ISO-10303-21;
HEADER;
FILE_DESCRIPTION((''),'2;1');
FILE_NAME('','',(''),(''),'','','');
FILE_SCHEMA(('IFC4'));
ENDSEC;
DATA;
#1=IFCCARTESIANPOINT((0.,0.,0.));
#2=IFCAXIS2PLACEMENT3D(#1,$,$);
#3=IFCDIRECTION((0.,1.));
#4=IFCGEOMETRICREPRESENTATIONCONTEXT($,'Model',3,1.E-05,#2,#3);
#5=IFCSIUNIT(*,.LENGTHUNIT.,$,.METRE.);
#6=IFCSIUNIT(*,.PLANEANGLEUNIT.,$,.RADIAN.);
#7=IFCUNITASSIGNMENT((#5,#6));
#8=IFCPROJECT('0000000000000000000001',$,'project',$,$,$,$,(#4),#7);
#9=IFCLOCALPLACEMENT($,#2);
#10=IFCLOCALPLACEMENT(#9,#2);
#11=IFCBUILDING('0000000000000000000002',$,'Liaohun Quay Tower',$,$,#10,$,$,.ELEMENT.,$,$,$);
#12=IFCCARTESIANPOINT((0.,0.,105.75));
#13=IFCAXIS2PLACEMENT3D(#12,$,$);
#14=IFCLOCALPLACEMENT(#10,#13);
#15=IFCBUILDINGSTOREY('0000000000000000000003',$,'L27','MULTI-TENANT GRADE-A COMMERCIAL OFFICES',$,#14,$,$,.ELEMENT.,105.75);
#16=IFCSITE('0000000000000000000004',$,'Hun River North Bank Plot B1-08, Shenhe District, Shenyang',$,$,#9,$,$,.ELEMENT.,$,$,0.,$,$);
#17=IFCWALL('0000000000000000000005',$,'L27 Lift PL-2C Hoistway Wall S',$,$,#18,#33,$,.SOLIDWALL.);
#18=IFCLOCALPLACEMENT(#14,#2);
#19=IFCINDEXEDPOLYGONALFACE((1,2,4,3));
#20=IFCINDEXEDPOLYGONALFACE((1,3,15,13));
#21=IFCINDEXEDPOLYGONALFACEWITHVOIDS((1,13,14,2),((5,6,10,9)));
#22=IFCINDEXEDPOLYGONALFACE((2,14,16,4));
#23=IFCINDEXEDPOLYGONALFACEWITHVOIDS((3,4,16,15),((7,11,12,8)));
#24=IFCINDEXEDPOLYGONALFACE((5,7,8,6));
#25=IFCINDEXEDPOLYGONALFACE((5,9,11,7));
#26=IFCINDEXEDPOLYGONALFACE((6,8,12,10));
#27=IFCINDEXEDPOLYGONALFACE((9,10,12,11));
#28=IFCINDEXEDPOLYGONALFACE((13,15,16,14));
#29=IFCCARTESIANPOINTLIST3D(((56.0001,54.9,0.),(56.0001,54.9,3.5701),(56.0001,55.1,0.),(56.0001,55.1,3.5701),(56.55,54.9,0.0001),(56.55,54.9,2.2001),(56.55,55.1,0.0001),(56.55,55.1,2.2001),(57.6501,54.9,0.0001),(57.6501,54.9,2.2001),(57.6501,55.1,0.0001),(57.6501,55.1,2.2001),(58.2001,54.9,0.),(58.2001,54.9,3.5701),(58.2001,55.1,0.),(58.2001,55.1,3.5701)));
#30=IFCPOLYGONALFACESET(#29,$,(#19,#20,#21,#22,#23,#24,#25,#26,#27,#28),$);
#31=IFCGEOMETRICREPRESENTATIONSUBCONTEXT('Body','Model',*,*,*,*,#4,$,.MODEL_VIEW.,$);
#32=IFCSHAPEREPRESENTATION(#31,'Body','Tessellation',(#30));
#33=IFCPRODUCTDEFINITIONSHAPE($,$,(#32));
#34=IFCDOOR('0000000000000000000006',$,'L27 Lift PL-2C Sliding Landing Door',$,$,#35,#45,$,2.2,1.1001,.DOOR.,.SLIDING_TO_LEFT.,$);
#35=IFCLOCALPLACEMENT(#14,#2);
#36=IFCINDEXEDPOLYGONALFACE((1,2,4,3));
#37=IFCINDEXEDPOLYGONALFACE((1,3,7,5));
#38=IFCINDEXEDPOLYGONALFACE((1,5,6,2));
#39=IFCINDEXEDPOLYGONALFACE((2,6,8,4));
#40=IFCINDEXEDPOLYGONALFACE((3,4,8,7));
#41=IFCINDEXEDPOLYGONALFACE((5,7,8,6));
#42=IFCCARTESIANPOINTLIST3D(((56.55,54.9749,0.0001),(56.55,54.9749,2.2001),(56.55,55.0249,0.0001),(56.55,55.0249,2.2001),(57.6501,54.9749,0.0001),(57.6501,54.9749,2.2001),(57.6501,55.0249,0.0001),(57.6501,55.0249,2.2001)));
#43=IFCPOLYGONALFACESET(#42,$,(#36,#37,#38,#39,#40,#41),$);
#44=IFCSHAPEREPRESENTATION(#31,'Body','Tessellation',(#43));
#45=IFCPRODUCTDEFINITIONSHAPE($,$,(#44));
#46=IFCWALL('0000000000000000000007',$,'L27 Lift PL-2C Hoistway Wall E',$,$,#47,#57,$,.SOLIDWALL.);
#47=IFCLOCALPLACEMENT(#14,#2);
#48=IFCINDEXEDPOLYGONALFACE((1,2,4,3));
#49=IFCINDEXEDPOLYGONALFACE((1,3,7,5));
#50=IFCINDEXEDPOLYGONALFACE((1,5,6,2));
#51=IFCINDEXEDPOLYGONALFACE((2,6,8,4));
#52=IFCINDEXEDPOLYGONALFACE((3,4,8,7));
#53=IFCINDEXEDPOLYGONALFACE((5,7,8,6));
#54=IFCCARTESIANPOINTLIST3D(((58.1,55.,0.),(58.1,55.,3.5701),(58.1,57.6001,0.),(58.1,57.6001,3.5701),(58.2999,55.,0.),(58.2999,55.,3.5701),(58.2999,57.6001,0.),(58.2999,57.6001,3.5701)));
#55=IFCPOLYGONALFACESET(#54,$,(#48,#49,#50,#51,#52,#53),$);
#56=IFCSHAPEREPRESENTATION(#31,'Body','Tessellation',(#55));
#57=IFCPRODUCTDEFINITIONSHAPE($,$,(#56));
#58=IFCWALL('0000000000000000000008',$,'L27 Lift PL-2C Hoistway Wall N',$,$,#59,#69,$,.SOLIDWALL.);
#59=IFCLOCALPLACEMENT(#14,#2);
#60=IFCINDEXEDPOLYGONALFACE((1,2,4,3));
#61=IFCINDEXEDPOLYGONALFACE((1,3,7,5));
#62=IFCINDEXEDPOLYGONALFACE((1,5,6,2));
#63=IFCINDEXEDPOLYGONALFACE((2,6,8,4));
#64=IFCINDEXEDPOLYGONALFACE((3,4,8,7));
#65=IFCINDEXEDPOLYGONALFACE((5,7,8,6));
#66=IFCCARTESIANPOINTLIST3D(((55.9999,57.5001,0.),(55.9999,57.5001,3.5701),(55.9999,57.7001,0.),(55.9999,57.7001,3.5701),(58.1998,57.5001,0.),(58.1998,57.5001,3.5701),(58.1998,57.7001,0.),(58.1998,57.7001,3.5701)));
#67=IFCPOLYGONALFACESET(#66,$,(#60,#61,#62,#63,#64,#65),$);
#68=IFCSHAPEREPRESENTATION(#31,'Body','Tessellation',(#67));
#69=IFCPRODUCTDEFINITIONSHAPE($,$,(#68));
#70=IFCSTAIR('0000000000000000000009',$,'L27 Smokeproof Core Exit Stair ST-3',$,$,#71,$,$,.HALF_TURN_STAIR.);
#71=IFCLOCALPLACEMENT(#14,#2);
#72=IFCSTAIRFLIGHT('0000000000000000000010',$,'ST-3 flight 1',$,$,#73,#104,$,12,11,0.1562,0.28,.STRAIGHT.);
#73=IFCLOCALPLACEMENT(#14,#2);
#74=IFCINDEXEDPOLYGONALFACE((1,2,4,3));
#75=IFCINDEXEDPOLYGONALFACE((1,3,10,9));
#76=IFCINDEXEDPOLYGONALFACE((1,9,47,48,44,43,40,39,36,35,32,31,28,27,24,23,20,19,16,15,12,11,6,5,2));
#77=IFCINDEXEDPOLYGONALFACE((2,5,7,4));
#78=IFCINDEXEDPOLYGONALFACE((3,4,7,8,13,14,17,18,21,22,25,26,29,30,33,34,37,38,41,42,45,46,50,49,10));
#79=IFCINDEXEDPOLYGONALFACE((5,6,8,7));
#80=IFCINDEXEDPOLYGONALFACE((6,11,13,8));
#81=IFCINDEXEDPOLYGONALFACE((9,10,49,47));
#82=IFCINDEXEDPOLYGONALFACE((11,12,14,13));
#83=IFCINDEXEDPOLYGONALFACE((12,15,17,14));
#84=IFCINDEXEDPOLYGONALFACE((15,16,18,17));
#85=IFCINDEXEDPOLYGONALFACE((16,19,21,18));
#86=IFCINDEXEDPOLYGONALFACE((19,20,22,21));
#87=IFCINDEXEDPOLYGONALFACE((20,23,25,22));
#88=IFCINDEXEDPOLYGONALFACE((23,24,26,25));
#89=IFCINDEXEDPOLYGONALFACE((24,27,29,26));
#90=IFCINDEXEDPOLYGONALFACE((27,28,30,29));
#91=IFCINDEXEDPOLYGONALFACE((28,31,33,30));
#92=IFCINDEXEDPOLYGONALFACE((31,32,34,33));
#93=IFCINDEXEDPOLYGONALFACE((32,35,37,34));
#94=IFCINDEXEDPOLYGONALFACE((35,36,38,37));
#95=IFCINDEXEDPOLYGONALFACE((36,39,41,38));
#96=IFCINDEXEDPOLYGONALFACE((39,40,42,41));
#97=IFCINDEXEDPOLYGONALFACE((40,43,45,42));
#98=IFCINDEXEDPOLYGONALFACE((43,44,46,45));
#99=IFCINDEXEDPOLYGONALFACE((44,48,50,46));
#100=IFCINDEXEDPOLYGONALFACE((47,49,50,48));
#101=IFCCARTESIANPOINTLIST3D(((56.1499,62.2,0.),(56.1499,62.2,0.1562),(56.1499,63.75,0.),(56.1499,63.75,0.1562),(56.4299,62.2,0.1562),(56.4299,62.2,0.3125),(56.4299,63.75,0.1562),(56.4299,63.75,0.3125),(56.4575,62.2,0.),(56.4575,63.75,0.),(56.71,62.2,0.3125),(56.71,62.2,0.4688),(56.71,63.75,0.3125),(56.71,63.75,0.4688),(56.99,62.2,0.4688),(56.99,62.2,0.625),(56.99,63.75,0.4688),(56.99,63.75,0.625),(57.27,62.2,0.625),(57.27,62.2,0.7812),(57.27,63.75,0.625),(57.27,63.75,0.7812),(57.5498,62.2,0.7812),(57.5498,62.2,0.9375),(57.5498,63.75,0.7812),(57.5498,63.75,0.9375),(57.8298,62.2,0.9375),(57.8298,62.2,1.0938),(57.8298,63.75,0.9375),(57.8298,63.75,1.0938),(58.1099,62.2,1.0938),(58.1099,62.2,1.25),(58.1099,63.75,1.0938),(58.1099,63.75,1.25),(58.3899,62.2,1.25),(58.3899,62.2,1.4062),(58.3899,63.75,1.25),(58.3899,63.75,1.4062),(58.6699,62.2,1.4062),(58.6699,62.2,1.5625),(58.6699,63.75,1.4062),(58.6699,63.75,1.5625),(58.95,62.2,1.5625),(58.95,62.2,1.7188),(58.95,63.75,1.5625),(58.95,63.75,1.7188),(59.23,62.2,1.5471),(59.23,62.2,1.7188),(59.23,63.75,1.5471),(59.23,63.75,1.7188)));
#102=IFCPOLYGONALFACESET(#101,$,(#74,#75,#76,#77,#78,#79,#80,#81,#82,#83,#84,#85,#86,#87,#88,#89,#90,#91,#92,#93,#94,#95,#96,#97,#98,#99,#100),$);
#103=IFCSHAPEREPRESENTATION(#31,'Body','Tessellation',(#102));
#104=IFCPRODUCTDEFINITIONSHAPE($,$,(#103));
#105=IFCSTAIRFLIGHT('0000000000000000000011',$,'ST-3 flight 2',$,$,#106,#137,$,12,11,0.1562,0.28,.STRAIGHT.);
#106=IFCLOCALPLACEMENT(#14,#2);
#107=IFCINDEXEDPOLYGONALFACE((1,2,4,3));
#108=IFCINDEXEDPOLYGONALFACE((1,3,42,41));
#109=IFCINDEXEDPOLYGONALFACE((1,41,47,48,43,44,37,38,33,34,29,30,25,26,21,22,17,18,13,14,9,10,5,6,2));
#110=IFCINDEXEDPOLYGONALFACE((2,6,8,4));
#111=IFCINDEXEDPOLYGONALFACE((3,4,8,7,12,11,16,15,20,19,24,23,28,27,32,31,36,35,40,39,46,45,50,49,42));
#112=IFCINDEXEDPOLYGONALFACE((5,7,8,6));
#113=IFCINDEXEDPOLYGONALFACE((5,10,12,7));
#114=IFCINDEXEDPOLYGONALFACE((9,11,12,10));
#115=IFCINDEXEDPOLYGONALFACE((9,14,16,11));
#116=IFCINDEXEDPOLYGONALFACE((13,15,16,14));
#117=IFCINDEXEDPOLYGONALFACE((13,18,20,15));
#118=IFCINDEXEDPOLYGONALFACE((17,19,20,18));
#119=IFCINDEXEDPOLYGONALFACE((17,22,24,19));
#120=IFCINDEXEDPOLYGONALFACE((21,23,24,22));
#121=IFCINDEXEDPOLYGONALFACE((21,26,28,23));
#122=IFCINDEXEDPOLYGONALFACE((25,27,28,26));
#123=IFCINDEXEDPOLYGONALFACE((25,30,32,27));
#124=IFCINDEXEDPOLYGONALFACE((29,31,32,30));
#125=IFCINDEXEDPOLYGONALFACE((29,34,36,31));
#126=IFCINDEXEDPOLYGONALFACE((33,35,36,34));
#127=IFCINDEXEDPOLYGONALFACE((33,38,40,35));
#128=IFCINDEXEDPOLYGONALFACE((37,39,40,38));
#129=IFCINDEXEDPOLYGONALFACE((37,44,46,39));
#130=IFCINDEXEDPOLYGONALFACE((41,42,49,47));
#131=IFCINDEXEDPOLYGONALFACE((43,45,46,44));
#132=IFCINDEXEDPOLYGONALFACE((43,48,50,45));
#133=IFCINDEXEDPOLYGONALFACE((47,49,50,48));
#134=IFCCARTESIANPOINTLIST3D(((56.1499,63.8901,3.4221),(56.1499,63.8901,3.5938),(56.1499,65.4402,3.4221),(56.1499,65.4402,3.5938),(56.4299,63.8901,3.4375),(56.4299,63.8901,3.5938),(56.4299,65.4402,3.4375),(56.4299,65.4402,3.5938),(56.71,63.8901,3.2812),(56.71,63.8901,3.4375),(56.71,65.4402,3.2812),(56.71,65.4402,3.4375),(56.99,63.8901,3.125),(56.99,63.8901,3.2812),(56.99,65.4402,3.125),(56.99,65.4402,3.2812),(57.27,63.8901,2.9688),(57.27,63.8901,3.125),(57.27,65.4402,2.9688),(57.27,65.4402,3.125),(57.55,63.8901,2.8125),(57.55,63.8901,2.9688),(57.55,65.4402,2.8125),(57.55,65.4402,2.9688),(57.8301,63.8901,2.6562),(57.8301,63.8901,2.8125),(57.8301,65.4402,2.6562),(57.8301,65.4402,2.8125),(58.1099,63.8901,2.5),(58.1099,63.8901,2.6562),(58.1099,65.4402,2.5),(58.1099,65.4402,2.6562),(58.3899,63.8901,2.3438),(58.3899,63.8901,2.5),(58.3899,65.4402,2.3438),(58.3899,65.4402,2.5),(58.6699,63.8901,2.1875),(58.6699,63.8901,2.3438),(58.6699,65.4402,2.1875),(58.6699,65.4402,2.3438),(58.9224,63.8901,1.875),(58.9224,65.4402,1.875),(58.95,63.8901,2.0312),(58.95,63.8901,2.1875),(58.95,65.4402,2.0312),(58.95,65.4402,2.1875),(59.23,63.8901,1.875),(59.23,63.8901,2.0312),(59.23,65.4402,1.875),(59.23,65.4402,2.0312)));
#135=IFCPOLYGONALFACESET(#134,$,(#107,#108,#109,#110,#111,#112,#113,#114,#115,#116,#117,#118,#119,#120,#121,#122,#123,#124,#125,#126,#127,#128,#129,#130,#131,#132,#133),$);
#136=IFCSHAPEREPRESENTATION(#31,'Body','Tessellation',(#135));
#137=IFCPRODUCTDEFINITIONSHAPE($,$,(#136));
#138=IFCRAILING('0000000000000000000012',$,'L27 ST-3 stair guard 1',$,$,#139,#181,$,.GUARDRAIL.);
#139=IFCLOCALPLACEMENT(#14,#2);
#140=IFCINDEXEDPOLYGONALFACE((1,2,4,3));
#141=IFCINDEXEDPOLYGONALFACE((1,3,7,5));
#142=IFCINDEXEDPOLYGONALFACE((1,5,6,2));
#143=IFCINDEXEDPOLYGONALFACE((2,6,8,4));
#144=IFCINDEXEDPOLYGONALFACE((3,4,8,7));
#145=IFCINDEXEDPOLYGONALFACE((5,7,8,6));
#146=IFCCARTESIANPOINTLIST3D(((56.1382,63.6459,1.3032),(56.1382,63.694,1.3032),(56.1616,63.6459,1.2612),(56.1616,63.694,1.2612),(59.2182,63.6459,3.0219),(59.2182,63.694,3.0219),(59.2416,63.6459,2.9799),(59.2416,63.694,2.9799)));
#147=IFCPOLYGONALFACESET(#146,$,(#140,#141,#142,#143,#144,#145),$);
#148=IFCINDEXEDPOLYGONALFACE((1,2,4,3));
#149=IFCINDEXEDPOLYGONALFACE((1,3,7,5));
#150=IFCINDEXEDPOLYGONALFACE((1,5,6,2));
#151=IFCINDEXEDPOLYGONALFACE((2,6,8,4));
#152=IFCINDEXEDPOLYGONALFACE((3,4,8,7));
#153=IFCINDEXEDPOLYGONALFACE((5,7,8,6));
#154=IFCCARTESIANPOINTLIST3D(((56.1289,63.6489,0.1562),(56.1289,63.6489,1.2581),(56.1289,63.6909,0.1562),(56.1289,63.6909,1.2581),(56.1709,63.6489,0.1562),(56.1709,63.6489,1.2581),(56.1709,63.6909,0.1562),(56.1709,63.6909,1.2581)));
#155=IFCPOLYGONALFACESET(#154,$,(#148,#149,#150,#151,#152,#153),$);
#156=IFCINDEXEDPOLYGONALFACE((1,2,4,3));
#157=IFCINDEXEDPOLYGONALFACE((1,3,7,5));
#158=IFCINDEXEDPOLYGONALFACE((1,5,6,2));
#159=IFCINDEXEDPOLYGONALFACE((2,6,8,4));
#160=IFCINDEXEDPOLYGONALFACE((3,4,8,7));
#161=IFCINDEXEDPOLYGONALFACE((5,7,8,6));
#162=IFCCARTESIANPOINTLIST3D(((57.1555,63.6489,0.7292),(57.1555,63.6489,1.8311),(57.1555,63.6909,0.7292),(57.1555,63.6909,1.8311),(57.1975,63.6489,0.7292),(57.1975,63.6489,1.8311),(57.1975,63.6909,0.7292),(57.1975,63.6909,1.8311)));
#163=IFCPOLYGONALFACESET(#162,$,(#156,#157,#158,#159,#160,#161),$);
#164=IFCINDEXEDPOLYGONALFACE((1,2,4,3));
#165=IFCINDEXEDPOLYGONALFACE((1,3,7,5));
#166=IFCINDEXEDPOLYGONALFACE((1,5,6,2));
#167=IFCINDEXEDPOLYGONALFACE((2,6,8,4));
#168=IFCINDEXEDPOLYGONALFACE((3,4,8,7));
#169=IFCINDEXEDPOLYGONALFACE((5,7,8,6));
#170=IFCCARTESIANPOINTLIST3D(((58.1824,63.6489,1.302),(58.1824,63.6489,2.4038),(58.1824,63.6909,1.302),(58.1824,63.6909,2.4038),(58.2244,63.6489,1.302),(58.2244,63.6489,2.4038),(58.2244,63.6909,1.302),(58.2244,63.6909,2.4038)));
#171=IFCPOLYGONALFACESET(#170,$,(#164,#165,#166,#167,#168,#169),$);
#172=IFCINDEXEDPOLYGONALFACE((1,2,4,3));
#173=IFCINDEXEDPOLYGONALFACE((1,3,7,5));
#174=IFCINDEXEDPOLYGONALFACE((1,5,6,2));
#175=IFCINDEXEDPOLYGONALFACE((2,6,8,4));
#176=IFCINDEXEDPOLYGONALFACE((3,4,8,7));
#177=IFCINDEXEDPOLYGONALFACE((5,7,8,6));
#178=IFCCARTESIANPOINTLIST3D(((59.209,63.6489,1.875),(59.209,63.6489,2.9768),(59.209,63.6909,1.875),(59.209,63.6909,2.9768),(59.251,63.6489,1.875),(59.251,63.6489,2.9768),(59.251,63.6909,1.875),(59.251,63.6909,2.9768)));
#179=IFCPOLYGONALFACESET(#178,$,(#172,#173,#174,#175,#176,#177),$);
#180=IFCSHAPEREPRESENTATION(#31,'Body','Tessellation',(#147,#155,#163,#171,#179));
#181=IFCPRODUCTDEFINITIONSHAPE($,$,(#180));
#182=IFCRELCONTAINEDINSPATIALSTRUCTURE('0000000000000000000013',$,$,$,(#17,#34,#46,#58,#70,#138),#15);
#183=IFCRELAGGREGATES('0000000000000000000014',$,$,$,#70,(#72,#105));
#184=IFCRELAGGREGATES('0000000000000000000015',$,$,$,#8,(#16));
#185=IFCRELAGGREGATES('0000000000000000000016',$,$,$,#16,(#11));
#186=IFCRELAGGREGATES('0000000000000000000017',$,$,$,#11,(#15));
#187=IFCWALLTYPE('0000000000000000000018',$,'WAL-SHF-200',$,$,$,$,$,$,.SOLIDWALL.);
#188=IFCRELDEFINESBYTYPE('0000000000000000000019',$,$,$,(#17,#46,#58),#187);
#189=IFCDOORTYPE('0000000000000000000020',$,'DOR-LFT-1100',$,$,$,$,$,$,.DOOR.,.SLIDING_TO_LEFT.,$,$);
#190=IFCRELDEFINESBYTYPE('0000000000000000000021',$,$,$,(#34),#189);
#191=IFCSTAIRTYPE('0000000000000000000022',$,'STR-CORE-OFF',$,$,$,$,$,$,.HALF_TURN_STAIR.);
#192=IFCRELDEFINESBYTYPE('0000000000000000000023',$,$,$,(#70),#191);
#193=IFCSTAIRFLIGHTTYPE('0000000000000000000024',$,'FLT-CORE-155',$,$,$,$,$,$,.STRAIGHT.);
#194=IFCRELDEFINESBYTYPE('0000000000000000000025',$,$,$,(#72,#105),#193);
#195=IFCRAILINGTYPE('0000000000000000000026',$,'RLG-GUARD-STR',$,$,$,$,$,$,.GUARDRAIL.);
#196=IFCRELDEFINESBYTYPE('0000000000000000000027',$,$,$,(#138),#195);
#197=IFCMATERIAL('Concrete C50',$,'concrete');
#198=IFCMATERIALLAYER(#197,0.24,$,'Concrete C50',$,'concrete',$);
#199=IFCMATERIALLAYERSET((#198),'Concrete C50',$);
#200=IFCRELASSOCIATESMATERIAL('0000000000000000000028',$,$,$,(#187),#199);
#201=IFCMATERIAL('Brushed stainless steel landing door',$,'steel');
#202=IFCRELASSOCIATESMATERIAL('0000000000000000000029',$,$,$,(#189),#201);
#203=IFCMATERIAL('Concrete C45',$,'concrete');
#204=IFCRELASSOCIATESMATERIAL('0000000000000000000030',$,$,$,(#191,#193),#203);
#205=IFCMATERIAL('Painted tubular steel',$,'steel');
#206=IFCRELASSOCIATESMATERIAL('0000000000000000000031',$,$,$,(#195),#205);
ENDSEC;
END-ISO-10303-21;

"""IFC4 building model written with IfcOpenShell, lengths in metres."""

from ifc_helpers import new_model, si_unit, direction, frame, frame_2d, origin, origin_2d, place, context, subcontext, project, spatial, polyline, rectangle, outline, extrude, source, transform, mapped, material, layer, layer_set, type_object, element, fill, aggregate, save


model = new_model("IFC4")

# Units and contexts
model_context = context("Model", 3, precision=1e-05, world=origin(), true_north=direction((0.0, 1.0)))
body_context = subcontext(model_context, "Body", "Model", "MODEL_VIEW")
ifc_project = project(units=[si_unit("LENGTHUNIT", "METRE"), si_unit("PLANEANGLEUNIT", "RADIAN")], contexts=[model_context])

# Site, building, storey
site_placement = place(None, origin())
site = spatial("IfcSite", under=ifc_project, at=site_placement, Name="Hun River North Bank Plot B1-08, Shenhe District, Shenyang", CompositionType="ELEMENT", RefElevation=0.0)
building_placement = place(site_placement, origin())
building = spatial("IfcBuilding", under=site, at=building_placement, Name="Liaohun Quay Tower", CompositionType="ELEMENT")
storey_placement = place(building_placement, frame((0.0, 0.0, 105.75)))
storey = spatial("IfcBuildingStorey", under=building, at=storey_placement, Name="L27", Description="MULTI-TENANT GRADE-A COMMERCIAL OFFICES", CompositionType="ELEMENT", Elevation=105.75)

# Shared definitions
ifc_material_1 = material(Name="Concrete C50", Category="concrete")
ifc_layer_1 = layer(ifc_material_1, 0.24, Name="Concrete C50", Category="concrete")
ifc_layer_set_1 = layer_set([ifc_layer_1], Name="Concrete C50")
wall_type_1 = type_object("IfcWallType", Name="WAL-SHF-200", PredefinedType="SOLIDWALL", material=ifc_layer_set_1)

# Wall, opening, door
wall_1_placement = place(storey_placement, frame((56.0, 55.0, 0.0), z_axis=(0.0, 0.0, 1.0), x_axis=(1.0, 0.0, 0.0)))
wall_1 = element("IfcWall", 1, at=wall_1_placement, inside=storey, type_object=wall_type_1, Name="L27 Lift PL-2C Hoistway Wall S", PredefinedType="SOLIDWALL", context=body_context, shape_type="SweptSolid", body=[
    extrude(rectangle(XDim=2.2, YDim=0.2, at=frame_2d((1.1001, 0.0))), origin(), (0.0, 0.0, 1.0), 3.5701),
])
shared_shape_1 = source(origin(), body_context, "Body", "SweptSolid", [
    extrude(rectangle(XDim=1.1001, YDim=2.2, at=frame_2d((0.55, 1.1001))), frame((0.0, 0.1099, 0.0), z_axis=(0.0, -1.0, 0.0), x_axis=(1.0, 0.0, 0.0)), (0.0, 0.0, 1.0), 0.22),
])
opening_1_placement = place(wall_1_placement, frame((0.55, 0.0, 0.0)))
opening_1 = element("IfcOpeningElement", 2, at=opening_1_placement, cuts=wall_1, PredefinedType="OPENING", context=body_context, shape_type="MappedRepresentation", body=[
    mapped(shared_shape_1, transform((0.0, 0.0, 0.0), x_axis=(1.0, 0.0, 0.0), y_axis=(0.0, 1.0, 0.0), z_axis=(0.0, 0.0, 1.0), scale=1.0)),
])
ifc_material_2 = material(Name="Brushed stainless steel landing door", Category="steel")
door_type_1 = type_object("IfcDoorType", Name="DOR-LFT-1100", OperationType="SLIDING_TO_LEFT", PredefinedType="DOOR", material=ifc_material_2)
shared_shape_2 = source(origin(), body_context, "Body", "SweptSolid", [
    extrude(rectangle(XDim=1.1001, YDim=2.2, at=frame_2d((0.55, 1.1001))), frame((0.0, 0.0249, 0.0), z_axis=(0.0, -1.0, 0.0), x_axis=(1.0, 0.0, 0.0)), (0.0, 0.0, 1.0), 0.05),
])
door_1_placement = place(opening_1_placement, origin())
door_1 = element("IfcDoor", 3, at=door_1_placement, inside=storey, type_object=door_type_1, Name="L27 Lift PL-2C Sliding Landing Door", OperationType="SLIDING_TO_LEFT", OverallHeight=2.2, OverallWidth=1.1001, PredefinedType="DOOR", context=body_context, shape_type="MappedRepresentation", body=[
    mapped(shared_shape_2, transform((0.0, 0.0, 0.0), x_axis=(1.0, 0.0, 0.0), y_axis=(0.0, 1.0, 0.0), z_axis=(0.0, 0.0, 1.0), scale=1.0)),
])
fill(opening_1, door_1)

# Walls
wall_2_placement = place(storey_placement, frame((58.2, 55.0, 0.0), z_axis=(0.0, 0.0, 1.0), x_axis=(0.0, 1.0, 0.0)))
element("IfcWall", 4, at=wall_2_placement, inside=storey, type_object=wall_type_1, Name="L27 Lift PL-2C Hoistway Wall E", PredefinedType="SOLIDWALL", context=body_context, shape_type="SweptSolid", body=[
    extrude(rectangle(XDim=2.6001, YDim=0.2, at=frame_2d((1.3, 0.0))), origin(), (0.0, 0.0, 1.0), 3.5701),
])
wall_3_placement = place(storey_placement, frame((58.2, 57.6001, 0.0), z_axis=(0.0, 0.0, 1.0), x_axis=(-1.0, 0.0, 0.0)))
element("IfcWall", 5, at=wall_3_placement, inside=storey, type_object=wall_type_1, Name="L27 Lift PL-2C Hoistway Wall N", PredefinedType="SOLIDWALL", context=body_context, shape_type="SweptSolid", body=[
    extrude(rectangle(XDim=2.2, YDim=0.2, at=frame_2d((1.1001, 0.0))), origin(), (0.0, 0.0, 1.0), 3.5701),
])

# Stair, stair flights
ifc_material_3 = material(Name="Concrete C45", Category="concrete")
stair_type = type_object("IfcStairType", Name="STR-CORE-OFF", PredefinedType="HALF_TURN_STAIR", material=ifc_material_3)
stair_placement = place(storey_placement, origin())
stair = element("IfcStair", 6, at=stair_placement, inside=storey, type_object=stair_type, Name="L27 Smokeproof Core Exit Stair ST-3", PredefinedType="HALF_TURN_STAIR")
stair_flight_type = type_object("IfcStairFlightType", Name="FLT-CORE-155", PredefinedType="STRAIGHT", material=ifc_material_3)
stair_flight_1_placement = place(storey_placement, frame((56.1499, 62.9751, 0.0), z_axis=(0.0, 0.0, 1.0), x_axis=(1.0, 0.0, 0.0)))
stair_flight_1 = element("IfcStairFlight", 7, at=stair_flight_1_placement, type_object=stair_flight_type, Name="ST-3 flight 1", NumberOfRisers=12, NumberOfTreads=11, PredefinedType="STRAIGHT", RiserHeight=0.1562, TreadLength=0.28, context=body_context, shape_type="SweptSolid", body=[
    extrude(outline(polyline([(0.0, 0.0), (0.0, 0.1562), (0.28, 0.1562), (0.28, 0.3125), (0.5601, 0.3125), (0.5601, 0.4688), (0.8401, 0.4688), (0.8401, 0.625), (1.1201, 0.625), (1.1201, 0.7812), (1.3999, 0.7812), (1.3999, 0.9375), (1.6799, 0.9375), (1.6799, 1.0938), (1.96, 1.0938), (1.96, 1.25), (2.24, 1.25), (2.24, 1.4062), (2.52, 1.4062), (2.52, 1.5625), (2.8, 1.5625), (2.8, 1.7188), (3.0801, 1.7188), (3.0801, 1.875), (3.0801, 1.5471), (0.3076, 0.0), (0.0, 0.0)])), frame((0.0, 0.7749, 0.0), z_axis=(0.0, -1.0, 0.0), x_axis=(1.0, 0.0, 0.0)), (0.0, 0.0, 1.0), 1.55),
])
stair_flight_2_placement = place(storey_placement, frame((59.23, 64.665, 1.875), z_axis=(0.0, 0.0, 1.0), x_axis=(-1.0, 0.0, 0.0)))
stair_flight_2 = element("IfcStairFlight", 8, at=stair_flight_2_placement, type_object=stair_flight_type, Name="ST-3 flight 2", NumberOfRisers=12, NumberOfTreads=11, PredefinedType="STRAIGHT", RiserHeight=0.1562, TreadLength=0.28, context=body_context, shape_type="SweptSolid", body=[
    extrude(outline(polyline([(0.0, 0.0), (0.0, 0.1562), (0.28, 0.1562), (0.28, 0.3125), (0.5601, 0.3125), (0.5601, 0.4688), (0.8401, 0.4688), (0.8401, 0.625), (1.1201, 0.625), (1.1201, 0.7812), (1.3999, 0.7812), (1.3999, 0.9375), (1.6799, 0.9375), (1.6799, 1.0938), (1.96, 1.0938), (1.96, 1.25), (2.24, 1.25), (2.24, 1.4062), (2.52, 1.4062), (2.52, 1.5625), (2.8, 1.5625), (2.8, 1.7188), (3.0801, 1.7188), (3.0801, 1.875), (3.0801, 1.5471), (0.3076, 0.0), (0.0, 0.0)])), frame((0.0, 0.7749, 0.0), z_axis=(0.0, -1.0, 0.0), x_axis=(1.0, 0.0, 0.0)), (0.0, 0.0, 1.0), 1.55),
])
aggregate(stair, [stair_flight_1, stair_flight_2])

# Railing
ifc_material_4 = material(Name="Painted tubular steel", Category="steel")
railing_type_1 = type_object("IfcRailingType", Name="RLG-GUARD-STR", PredefinedType="GUARDRAIL", material=ifc_material_4)
railing_1_placement = place(storey_placement, frame((56.1499, 63.6699, 0.1562)))
element("IfcRailing", 9, at=railing_1_placement, inside=storey, type_object=railing_type_1, Name="L27 ST-3 stair guard 1", PredefinedType="GUARDRAIL", context=body_context, shape_type="SweptSolid", body=[
    extrude(rectangle(XDim=0.0481, YDim=0.0481, at=origin_2d()), frame((0.0, 0.0, 1.126), z_axis=(0.873242, 0.0, 0.487288), x_axis=(0.0, 1.0, 0.0)), (0.0, 0.0, 1.0), 3.5271),
    extrude(rectangle(XDim=0.042, YDim=0.042, at=origin_2d()), origin(), (0.0, 0.0, 1.0), 1.1018),
    extrude(rectangle(XDim=0.042, YDim=0.042, at=origin_2d()), frame((1.0266, 0.0, 0.573)), (0.0, 0.0, 1.0), 1.1018),
    extrude(rectangle(XDim=0.042, YDim=0.042, at=origin_2d()), frame((2.0535, 0.0, 1.1458)), (0.0, 0.0, 1.0), 1.1018),
    extrude(rectangle(XDim=0.042, YDim=0.042, at=origin_2d()), frame((3.0801, 0.0, 1.7188)), (0.0, 0.0, 1.0), 1.1018),
])

save(model, "model.ifc")
